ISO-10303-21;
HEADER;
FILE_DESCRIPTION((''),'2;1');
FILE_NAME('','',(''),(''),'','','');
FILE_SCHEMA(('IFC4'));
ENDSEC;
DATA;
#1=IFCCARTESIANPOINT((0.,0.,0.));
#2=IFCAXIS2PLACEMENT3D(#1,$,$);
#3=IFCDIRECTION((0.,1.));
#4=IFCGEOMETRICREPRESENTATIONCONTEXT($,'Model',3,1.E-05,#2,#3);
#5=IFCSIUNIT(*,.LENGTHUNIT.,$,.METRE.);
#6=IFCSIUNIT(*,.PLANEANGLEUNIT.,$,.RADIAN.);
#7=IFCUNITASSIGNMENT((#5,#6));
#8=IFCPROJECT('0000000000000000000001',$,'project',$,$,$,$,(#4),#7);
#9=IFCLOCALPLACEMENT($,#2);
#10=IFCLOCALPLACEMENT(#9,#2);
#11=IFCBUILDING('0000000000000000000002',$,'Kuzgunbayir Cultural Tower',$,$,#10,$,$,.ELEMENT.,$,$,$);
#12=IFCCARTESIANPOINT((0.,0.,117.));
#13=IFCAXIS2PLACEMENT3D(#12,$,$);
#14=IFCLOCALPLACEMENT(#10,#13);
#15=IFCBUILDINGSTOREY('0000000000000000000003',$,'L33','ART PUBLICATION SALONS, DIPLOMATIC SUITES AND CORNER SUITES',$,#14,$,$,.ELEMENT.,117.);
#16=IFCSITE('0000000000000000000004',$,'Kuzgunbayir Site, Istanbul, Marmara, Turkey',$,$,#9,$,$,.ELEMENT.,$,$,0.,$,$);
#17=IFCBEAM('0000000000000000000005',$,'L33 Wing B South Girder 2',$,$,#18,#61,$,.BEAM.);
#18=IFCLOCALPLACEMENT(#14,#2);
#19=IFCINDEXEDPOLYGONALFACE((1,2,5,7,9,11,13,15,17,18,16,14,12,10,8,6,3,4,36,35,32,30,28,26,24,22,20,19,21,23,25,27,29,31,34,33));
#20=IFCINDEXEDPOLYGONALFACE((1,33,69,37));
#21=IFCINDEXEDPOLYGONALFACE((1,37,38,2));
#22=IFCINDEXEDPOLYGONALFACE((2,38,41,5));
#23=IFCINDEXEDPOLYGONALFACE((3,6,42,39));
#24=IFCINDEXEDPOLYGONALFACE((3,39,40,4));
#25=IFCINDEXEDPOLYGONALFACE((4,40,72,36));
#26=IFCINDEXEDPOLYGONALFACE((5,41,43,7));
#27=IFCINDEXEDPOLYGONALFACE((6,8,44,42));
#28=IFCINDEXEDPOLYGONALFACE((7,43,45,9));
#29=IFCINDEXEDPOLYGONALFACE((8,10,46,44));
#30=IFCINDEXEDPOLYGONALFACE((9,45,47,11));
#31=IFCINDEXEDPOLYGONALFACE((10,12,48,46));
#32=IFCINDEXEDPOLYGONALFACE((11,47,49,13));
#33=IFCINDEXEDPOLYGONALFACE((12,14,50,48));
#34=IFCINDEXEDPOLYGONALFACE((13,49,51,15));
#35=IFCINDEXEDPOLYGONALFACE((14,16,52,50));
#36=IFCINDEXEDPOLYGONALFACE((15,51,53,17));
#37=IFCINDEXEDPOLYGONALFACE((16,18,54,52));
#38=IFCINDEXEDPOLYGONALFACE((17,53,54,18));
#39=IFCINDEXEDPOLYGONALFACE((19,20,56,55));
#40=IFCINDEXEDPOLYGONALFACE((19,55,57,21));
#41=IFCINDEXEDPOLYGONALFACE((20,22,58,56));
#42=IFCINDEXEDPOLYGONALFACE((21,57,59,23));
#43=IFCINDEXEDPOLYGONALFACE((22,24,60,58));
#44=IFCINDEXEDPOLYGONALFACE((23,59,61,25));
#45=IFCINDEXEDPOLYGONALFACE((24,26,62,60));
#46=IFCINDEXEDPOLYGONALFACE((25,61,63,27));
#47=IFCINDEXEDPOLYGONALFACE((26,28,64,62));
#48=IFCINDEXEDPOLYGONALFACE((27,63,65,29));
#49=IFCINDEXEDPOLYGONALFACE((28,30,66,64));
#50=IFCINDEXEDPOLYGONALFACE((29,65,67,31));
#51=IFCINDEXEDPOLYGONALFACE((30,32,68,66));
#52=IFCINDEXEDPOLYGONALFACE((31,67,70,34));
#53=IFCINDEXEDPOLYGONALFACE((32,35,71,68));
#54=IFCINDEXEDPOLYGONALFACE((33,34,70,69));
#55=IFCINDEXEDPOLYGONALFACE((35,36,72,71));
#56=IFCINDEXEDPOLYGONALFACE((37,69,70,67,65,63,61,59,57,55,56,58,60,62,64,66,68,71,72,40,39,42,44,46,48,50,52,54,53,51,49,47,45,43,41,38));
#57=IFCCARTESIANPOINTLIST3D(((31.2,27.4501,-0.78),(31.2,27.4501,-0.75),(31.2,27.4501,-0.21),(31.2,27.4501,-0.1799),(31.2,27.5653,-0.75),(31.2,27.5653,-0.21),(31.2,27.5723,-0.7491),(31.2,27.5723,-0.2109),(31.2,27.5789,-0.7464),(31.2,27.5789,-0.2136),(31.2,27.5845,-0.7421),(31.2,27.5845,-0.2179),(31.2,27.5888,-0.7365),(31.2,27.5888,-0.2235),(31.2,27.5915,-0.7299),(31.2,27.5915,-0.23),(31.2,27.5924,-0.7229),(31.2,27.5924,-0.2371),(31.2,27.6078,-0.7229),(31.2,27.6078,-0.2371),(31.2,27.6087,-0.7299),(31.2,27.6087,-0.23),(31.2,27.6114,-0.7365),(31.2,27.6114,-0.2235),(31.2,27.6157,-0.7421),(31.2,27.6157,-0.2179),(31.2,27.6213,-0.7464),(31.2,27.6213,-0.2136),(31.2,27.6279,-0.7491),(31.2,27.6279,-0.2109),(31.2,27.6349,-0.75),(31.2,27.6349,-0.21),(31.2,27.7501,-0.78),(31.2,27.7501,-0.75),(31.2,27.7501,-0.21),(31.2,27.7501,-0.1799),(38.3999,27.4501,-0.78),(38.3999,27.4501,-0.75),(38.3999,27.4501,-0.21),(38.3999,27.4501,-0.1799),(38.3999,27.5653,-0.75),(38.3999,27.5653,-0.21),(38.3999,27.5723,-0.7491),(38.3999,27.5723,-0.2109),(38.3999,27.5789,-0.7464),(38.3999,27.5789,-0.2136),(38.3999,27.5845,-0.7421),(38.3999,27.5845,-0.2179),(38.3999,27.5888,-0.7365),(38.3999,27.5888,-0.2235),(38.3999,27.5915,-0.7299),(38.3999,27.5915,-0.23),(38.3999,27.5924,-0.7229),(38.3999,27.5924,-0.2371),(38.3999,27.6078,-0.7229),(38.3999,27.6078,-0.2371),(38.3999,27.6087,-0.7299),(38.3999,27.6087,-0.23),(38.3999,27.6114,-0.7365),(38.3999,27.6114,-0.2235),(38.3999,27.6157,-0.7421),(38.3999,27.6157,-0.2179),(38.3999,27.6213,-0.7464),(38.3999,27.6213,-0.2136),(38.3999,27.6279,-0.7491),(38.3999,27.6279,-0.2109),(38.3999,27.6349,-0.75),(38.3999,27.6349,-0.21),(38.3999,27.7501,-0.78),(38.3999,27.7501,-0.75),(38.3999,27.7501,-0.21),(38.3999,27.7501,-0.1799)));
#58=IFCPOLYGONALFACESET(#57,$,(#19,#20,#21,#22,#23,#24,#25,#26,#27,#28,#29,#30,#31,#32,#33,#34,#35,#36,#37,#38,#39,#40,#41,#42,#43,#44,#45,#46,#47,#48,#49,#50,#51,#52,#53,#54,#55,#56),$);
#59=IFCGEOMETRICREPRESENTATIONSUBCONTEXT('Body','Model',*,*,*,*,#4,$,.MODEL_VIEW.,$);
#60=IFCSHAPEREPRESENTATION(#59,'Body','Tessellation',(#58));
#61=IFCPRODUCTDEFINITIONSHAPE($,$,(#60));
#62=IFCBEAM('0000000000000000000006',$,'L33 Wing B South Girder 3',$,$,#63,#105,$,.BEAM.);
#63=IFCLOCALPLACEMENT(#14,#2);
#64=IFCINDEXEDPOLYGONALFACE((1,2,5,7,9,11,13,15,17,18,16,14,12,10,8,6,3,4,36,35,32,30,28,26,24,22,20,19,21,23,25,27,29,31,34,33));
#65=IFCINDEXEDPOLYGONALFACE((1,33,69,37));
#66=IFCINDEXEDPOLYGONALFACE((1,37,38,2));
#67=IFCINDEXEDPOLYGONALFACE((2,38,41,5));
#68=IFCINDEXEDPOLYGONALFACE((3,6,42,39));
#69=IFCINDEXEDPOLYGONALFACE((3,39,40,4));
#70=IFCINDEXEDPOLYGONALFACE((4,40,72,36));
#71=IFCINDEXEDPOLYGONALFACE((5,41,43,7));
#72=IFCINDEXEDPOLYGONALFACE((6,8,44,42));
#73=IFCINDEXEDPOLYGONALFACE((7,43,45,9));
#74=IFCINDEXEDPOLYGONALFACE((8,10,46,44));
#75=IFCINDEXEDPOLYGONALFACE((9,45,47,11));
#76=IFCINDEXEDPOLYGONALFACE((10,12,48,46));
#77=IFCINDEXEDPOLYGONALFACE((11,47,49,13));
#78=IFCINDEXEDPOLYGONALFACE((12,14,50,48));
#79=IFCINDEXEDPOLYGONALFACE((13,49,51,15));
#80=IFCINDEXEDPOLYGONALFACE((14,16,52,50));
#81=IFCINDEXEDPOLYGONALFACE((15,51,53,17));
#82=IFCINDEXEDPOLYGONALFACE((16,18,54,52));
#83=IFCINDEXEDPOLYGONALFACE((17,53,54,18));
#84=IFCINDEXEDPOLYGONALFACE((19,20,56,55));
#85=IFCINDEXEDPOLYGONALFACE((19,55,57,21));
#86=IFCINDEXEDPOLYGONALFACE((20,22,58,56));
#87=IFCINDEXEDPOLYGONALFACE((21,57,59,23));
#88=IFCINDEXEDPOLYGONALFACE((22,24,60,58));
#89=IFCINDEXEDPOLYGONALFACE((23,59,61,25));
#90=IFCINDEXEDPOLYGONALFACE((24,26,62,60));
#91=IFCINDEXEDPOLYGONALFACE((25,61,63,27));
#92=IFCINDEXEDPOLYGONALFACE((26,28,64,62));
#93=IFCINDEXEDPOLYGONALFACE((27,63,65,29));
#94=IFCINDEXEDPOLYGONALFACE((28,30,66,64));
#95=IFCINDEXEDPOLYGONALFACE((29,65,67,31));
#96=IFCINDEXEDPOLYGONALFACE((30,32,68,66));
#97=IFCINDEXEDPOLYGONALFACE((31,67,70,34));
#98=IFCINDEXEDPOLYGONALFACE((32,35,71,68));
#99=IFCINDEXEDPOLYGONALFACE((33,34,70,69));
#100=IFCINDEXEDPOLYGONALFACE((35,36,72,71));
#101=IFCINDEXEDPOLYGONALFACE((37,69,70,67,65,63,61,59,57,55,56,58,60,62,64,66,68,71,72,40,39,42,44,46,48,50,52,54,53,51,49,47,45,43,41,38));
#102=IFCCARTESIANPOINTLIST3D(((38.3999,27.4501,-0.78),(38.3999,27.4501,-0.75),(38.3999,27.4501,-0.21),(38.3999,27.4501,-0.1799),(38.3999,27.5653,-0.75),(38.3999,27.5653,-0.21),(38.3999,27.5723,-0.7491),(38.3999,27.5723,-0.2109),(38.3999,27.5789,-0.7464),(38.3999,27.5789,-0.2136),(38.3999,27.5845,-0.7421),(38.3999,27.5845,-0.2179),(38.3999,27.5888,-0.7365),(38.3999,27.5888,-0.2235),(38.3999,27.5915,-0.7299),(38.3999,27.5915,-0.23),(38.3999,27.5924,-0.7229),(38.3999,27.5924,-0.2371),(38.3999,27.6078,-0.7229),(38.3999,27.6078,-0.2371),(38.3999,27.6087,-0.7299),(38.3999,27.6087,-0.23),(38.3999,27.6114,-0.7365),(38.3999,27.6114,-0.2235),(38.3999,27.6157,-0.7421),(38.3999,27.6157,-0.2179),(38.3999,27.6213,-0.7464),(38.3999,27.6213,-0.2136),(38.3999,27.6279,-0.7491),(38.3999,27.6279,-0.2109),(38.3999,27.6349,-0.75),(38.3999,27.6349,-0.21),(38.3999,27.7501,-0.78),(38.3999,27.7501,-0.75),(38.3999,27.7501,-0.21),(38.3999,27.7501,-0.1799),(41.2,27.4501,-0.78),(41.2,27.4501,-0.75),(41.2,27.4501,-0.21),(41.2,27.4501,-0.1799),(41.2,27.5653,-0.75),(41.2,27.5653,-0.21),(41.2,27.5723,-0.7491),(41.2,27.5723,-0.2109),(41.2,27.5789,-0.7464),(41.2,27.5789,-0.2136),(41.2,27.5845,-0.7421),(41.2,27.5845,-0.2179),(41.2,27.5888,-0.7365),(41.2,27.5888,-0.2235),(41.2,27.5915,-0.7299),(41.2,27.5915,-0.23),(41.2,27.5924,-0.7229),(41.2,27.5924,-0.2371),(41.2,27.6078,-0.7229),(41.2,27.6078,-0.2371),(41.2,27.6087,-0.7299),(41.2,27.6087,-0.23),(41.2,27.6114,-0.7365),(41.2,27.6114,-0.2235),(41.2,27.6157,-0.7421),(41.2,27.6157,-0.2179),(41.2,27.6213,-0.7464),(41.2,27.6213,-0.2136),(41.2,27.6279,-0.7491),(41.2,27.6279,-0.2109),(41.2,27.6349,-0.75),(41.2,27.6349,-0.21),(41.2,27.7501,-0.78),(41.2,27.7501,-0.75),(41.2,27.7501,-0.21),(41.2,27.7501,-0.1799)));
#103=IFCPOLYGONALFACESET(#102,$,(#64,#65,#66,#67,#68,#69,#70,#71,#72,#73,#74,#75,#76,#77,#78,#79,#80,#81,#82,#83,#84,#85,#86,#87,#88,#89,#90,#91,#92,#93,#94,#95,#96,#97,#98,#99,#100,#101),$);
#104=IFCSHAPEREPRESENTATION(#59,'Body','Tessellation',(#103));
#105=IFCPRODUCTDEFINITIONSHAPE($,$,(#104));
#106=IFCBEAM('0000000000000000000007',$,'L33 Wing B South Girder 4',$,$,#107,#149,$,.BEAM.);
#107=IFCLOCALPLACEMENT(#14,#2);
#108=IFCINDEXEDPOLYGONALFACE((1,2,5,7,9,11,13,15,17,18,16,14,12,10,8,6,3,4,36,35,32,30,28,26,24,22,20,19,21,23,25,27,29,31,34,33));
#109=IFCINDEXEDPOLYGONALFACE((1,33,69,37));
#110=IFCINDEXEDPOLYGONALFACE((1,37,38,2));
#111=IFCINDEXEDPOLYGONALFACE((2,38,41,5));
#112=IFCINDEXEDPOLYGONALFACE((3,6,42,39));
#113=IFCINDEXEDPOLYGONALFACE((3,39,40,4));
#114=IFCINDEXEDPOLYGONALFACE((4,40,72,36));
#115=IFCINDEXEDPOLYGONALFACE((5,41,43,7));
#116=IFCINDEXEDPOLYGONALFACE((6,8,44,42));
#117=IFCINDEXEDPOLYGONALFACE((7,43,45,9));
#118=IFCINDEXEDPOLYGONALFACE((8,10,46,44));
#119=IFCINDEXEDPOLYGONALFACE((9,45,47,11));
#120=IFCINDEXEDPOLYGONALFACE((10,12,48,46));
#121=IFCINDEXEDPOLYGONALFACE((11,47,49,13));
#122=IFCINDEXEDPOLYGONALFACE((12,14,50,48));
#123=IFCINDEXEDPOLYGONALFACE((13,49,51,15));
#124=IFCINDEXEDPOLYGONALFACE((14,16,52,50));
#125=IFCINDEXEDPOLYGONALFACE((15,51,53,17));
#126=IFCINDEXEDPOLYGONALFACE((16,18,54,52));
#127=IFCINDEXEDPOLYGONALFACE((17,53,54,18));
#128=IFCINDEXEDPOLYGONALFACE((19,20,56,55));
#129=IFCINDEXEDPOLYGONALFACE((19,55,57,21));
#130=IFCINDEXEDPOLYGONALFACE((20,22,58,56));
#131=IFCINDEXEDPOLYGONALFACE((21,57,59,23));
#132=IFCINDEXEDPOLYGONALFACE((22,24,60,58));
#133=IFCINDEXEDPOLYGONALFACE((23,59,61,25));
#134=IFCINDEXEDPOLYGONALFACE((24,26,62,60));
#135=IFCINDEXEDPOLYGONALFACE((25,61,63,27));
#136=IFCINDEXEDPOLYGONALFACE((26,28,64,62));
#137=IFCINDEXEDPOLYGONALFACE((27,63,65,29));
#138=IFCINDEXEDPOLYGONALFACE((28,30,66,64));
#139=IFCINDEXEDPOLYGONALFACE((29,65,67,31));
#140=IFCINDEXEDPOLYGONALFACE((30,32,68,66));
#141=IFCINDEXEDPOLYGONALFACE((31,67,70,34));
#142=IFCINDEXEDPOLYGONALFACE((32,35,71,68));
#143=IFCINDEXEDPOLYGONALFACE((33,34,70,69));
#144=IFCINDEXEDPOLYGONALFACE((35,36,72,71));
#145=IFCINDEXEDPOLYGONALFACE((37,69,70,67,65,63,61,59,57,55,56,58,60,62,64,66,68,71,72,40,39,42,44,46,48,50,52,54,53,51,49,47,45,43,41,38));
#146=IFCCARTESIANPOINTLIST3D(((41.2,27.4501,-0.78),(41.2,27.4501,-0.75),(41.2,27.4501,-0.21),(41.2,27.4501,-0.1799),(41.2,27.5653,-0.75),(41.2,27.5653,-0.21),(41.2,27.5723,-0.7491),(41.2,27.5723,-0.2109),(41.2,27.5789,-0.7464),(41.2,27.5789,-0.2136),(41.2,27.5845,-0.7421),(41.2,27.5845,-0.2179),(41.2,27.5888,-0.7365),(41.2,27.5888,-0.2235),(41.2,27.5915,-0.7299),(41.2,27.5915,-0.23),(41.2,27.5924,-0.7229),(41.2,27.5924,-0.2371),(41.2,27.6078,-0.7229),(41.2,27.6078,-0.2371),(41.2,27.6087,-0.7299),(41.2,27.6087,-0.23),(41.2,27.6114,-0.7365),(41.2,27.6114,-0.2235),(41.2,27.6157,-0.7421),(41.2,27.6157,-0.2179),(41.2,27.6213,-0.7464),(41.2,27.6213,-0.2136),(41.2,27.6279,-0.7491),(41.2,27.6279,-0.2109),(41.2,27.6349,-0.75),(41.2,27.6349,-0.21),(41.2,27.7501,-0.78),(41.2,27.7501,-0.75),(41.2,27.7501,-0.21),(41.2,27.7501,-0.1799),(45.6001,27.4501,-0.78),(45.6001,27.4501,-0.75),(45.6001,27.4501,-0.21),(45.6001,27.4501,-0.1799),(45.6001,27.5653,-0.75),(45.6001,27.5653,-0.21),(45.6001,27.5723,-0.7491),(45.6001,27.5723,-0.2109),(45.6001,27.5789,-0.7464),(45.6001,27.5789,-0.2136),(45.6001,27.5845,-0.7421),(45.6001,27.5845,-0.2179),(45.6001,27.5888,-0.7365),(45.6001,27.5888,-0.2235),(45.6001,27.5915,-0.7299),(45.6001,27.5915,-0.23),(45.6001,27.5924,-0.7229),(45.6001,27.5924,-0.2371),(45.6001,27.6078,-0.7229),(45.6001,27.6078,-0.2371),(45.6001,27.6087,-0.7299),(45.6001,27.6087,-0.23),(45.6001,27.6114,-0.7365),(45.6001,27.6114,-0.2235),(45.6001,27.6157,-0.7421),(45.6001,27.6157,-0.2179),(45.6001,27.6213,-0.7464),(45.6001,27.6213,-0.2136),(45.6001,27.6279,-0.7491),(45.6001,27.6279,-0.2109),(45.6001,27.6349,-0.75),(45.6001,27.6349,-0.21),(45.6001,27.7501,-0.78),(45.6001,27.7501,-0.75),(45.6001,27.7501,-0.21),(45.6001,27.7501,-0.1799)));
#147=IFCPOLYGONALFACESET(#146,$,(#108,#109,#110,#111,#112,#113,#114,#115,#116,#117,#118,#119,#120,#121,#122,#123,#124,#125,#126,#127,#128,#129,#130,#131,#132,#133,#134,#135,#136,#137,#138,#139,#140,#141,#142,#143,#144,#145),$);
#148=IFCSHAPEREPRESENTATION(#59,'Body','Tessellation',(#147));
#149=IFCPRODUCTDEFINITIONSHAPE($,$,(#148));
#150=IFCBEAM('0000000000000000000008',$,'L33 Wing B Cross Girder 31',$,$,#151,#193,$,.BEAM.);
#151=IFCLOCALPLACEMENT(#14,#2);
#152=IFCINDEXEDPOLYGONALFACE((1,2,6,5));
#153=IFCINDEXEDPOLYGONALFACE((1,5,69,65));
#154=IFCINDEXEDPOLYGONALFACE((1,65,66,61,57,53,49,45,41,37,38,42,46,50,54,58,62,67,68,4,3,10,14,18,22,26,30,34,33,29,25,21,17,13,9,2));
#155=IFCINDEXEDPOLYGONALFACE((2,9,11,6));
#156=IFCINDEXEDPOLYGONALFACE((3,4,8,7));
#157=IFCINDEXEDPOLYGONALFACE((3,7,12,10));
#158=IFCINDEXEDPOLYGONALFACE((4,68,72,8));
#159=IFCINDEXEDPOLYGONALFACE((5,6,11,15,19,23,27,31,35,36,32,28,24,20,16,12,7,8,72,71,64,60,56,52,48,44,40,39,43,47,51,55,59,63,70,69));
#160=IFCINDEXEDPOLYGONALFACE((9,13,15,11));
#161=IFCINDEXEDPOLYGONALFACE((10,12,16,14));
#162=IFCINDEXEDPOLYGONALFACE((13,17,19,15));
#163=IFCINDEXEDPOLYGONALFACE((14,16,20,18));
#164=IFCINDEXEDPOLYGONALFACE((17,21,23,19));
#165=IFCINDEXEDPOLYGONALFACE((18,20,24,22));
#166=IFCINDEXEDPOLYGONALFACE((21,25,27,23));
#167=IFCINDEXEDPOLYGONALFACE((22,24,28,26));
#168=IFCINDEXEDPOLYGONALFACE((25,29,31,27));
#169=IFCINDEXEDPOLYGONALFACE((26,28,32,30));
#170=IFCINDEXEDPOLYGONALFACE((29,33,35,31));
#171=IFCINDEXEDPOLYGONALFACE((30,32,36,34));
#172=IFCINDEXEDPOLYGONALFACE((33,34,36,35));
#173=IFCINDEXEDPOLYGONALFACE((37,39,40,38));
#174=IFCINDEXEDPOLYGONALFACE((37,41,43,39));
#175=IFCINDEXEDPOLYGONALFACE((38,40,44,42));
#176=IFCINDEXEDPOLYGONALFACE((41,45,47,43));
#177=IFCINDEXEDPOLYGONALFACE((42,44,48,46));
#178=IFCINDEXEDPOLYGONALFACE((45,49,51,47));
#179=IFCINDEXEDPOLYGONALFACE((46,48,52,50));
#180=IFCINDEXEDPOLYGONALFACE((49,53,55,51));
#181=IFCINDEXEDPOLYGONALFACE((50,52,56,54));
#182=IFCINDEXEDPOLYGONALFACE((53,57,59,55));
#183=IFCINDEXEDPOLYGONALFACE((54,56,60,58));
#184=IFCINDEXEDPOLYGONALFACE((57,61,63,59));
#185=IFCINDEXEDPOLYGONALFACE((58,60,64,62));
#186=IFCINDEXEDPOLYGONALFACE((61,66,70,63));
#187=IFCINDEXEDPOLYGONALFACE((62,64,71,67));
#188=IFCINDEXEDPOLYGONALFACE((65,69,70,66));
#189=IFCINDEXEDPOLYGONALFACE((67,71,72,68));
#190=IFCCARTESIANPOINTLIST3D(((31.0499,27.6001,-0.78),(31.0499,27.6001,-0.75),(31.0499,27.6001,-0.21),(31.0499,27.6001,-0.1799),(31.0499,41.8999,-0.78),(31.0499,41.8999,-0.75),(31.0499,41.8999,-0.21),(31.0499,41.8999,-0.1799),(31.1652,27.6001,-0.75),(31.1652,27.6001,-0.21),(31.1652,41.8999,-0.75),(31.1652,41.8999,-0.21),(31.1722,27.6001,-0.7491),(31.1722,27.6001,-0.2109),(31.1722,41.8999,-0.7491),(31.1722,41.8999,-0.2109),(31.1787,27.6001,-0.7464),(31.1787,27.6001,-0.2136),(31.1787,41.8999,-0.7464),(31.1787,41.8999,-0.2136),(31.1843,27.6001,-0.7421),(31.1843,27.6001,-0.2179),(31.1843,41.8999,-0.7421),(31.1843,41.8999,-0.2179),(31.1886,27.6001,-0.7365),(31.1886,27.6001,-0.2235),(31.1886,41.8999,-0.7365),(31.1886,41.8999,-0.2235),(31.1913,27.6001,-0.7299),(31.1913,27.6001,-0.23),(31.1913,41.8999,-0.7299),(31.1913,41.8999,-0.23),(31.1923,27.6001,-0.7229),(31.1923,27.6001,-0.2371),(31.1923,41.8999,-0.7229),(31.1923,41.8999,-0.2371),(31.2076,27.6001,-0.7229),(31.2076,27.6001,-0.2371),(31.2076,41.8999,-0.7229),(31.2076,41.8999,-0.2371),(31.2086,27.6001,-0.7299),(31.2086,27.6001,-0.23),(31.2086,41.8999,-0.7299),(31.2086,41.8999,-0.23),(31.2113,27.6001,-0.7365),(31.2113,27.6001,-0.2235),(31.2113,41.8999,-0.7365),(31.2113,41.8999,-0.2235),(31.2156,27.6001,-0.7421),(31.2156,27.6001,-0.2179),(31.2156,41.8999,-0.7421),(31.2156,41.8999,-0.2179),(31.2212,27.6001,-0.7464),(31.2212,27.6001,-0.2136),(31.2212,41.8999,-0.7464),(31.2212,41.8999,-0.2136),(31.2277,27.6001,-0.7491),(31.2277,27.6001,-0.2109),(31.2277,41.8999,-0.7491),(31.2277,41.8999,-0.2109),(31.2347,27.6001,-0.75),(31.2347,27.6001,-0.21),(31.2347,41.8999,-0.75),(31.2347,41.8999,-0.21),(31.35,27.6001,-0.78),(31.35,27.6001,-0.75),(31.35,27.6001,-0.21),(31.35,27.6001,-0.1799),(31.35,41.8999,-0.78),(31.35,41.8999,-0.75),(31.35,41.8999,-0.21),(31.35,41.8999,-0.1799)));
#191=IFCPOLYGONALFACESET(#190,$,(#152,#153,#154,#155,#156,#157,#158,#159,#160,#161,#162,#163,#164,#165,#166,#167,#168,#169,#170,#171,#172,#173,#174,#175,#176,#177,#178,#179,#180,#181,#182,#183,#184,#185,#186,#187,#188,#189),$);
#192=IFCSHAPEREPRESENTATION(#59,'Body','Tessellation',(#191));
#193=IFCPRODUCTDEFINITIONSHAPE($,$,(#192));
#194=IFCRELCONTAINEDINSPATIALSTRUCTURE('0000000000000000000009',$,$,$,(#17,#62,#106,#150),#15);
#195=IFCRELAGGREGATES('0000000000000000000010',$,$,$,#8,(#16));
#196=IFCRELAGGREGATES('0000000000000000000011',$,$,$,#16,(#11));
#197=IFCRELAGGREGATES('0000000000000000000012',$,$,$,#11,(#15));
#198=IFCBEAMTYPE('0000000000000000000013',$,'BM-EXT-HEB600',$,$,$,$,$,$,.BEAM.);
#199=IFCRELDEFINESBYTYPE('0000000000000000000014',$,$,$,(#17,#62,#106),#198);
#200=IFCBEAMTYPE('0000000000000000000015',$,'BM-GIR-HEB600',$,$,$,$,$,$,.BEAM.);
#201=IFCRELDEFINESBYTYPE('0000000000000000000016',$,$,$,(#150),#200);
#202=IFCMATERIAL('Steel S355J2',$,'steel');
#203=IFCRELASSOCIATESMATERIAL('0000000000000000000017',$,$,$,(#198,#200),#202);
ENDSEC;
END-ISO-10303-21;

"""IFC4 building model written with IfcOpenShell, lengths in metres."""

from ifc_helpers import new_model, si_unit, direction, frame, origin, origin_2d, place, context, subcontext, project, spatial, i_section, extrude, material, material_profile, profile_set, type_object, element, save


model = new_model("IFC4")

# Units and contexts
model_context = context("Model", 3, precision=1e-05, world=origin(), true_north=direction((0.0, 1.0)))
body_context = subcontext(model_context, "Body", "Model", "MODEL_VIEW")
ifc_project = project(units=[si_unit("LENGTHUNIT", "METRE"), si_unit("PLANEANGLEUNIT", "RADIAN")], contexts=[model_context])

# Site, building, storey
site_placement = place(None, origin())
site = spatial("IfcSite", under=ifc_project, at=site_placement, Name="Kuzgunbayir Site, Istanbul, Marmara, Turkey", CompositionType="ELEMENT", RefElevation=0.0)
building_placement = place(site_placement, origin())
building = spatial("IfcBuilding", under=site, at=building_placement, Name="Kuzgunbayir Cultural Tower", CompositionType="ELEMENT")
storey_placement = place(building_placement, frame((0.0, 0.0, 117.0)))
storey = spatial("IfcBuildingStorey", under=building, at=storey_placement, Name="L33", Description="ART PUBLICATION SALONS, DIPLOMATIC SUITES AND CORNER SUITES", CompositionType="ELEMENT", Elevation=117.0)

# Beams
ifc_material_1 = material(Name="Steel S355J2", Category="steel")
ifc_material_profile_1 = material_profile(ifc_material_1, i_section(OverallWidth=0.3, OverallDepth=0.6001, WebThickness=0.0154, FlangeThickness=0.03, FilletRadius=0.0271, at=origin_2d()), Name="HEB 600")
ifc_profile_set_1 = profile_set([ifc_material_profile_1], Name="Steel S355J2")
beam_type_1 = type_object("IfcBeamType", Name="BM-EXT-HEB600", PredefinedType="BEAM", material=ifc_profile_set_1)
beam_1_placement = place(storey_placement, frame((31.2, 27.6001, -0.48), z_axis=(1.0, 0.0, 0.0), x_axis=(0.0, 1.0, 0.0)))
element("IfcBeam", 1, at=beam_1_placement, inside=storey, type_object=beam_type_1, Name="L33 Wing B South Girder 2", PredefinedType="BEAM", context=body_context, shape_type="SweptSolid", body=[
    extrude(i_section(OverallWidth=0.3, OverallDepth=0.6001, WebThickness=0.0154, FlangeThickness=0.03, FilletRadius=0.0271, at=origin_2d()), origin(), (0.0, 0.0, 1.0), 7.2),
])
beam_2_placement = place(storey_placement, frame((38.3999, 27.6001, -0.48), z_axis=(1.0, 0.0, 0.0), x_axis=(0.0, 1.0, 0.0)))
element("IfcBeam", 2, at=beam_2_placement, inside=storey, type_object=beam_type_1, Name="L33 Wing B South Girder 3", PredefinedType="BEAM", context=body_context, shape_type="SweptSolid", body=[
    extrude(i_section(OverallWidth=0.3, OverallDepth=0.6001, WebThickness=0.0154, FlangeThickness=0.03, FilletRadius=0.0271, at=origin_2d()), origin(), (0.0, 0.0, 1.0), 2.8),
])
beam_3_placement = place(storey_placement, frame((41.2, 27.6001, -0.48), z_axis=(1.0, 0.0, 0.0), x_axis=(0.0, 1.0, 0.0)))
element("IfcBeam", 3, at=beam_3_placement, inside=storey, type_object=beam_type_1, Name="L33 Wing B South Girder 4", PredefinedType="BEAM", context=body_context, shape_type="SweptSolid", body=[
    extrude(i_section(OverallWidth=0.3, OverallDepth=0.6001, WebThickness=0.0154, FlangeThickness=0.03, FilletRadius=0.0271, at=origin_2d()), origin(), (0.0, 0.0, 1.0), 4.4001),
])
ifc_material_profile_2 = material_profile(ifc_material_1, i_section(OverallWidth=0.3, OverallDepth=0.6001, WebThickness=0.0154, FlangeThickness=0.03, FilletRadius=0.0271, at=origin_2d()), Name="HEB 600")
ifc_profile_set_2 = profile_set([ifc_material_profile_2], Name="Steel S355J2")
beam_type_2 = type_object("IfcBeamType", Name="BM-GIR-HEB600", PredefinedType="BEAM", material=ifc_profile_set_2)
beam_4_placement = place(storey_placement, frame((31.2, 27.6001, -0.48), z_axis=(0.0, 1.0, 0.0), x_axis=(-1.0, 0.0, 0.0)))
element("IfcBeam", 4, at=beam_4_placement, inside=storey, type_object=beam_type_2, Name="L33 Wing B Cross Girder 31", PredefinedType="BEAM", context=body_context, shape_type="SweptSolid", body=[
    extrude(i_section(OverallWidth=0.3, OverallDepth=0.6001, WebThickness=0.0154, FlangeThickness=0.03, FilletRadius=0.0271, at=origin_2d()), origin(), (0.0, 0.0, 1.0), 14.2998),
])

save(model, "model.ifc")
